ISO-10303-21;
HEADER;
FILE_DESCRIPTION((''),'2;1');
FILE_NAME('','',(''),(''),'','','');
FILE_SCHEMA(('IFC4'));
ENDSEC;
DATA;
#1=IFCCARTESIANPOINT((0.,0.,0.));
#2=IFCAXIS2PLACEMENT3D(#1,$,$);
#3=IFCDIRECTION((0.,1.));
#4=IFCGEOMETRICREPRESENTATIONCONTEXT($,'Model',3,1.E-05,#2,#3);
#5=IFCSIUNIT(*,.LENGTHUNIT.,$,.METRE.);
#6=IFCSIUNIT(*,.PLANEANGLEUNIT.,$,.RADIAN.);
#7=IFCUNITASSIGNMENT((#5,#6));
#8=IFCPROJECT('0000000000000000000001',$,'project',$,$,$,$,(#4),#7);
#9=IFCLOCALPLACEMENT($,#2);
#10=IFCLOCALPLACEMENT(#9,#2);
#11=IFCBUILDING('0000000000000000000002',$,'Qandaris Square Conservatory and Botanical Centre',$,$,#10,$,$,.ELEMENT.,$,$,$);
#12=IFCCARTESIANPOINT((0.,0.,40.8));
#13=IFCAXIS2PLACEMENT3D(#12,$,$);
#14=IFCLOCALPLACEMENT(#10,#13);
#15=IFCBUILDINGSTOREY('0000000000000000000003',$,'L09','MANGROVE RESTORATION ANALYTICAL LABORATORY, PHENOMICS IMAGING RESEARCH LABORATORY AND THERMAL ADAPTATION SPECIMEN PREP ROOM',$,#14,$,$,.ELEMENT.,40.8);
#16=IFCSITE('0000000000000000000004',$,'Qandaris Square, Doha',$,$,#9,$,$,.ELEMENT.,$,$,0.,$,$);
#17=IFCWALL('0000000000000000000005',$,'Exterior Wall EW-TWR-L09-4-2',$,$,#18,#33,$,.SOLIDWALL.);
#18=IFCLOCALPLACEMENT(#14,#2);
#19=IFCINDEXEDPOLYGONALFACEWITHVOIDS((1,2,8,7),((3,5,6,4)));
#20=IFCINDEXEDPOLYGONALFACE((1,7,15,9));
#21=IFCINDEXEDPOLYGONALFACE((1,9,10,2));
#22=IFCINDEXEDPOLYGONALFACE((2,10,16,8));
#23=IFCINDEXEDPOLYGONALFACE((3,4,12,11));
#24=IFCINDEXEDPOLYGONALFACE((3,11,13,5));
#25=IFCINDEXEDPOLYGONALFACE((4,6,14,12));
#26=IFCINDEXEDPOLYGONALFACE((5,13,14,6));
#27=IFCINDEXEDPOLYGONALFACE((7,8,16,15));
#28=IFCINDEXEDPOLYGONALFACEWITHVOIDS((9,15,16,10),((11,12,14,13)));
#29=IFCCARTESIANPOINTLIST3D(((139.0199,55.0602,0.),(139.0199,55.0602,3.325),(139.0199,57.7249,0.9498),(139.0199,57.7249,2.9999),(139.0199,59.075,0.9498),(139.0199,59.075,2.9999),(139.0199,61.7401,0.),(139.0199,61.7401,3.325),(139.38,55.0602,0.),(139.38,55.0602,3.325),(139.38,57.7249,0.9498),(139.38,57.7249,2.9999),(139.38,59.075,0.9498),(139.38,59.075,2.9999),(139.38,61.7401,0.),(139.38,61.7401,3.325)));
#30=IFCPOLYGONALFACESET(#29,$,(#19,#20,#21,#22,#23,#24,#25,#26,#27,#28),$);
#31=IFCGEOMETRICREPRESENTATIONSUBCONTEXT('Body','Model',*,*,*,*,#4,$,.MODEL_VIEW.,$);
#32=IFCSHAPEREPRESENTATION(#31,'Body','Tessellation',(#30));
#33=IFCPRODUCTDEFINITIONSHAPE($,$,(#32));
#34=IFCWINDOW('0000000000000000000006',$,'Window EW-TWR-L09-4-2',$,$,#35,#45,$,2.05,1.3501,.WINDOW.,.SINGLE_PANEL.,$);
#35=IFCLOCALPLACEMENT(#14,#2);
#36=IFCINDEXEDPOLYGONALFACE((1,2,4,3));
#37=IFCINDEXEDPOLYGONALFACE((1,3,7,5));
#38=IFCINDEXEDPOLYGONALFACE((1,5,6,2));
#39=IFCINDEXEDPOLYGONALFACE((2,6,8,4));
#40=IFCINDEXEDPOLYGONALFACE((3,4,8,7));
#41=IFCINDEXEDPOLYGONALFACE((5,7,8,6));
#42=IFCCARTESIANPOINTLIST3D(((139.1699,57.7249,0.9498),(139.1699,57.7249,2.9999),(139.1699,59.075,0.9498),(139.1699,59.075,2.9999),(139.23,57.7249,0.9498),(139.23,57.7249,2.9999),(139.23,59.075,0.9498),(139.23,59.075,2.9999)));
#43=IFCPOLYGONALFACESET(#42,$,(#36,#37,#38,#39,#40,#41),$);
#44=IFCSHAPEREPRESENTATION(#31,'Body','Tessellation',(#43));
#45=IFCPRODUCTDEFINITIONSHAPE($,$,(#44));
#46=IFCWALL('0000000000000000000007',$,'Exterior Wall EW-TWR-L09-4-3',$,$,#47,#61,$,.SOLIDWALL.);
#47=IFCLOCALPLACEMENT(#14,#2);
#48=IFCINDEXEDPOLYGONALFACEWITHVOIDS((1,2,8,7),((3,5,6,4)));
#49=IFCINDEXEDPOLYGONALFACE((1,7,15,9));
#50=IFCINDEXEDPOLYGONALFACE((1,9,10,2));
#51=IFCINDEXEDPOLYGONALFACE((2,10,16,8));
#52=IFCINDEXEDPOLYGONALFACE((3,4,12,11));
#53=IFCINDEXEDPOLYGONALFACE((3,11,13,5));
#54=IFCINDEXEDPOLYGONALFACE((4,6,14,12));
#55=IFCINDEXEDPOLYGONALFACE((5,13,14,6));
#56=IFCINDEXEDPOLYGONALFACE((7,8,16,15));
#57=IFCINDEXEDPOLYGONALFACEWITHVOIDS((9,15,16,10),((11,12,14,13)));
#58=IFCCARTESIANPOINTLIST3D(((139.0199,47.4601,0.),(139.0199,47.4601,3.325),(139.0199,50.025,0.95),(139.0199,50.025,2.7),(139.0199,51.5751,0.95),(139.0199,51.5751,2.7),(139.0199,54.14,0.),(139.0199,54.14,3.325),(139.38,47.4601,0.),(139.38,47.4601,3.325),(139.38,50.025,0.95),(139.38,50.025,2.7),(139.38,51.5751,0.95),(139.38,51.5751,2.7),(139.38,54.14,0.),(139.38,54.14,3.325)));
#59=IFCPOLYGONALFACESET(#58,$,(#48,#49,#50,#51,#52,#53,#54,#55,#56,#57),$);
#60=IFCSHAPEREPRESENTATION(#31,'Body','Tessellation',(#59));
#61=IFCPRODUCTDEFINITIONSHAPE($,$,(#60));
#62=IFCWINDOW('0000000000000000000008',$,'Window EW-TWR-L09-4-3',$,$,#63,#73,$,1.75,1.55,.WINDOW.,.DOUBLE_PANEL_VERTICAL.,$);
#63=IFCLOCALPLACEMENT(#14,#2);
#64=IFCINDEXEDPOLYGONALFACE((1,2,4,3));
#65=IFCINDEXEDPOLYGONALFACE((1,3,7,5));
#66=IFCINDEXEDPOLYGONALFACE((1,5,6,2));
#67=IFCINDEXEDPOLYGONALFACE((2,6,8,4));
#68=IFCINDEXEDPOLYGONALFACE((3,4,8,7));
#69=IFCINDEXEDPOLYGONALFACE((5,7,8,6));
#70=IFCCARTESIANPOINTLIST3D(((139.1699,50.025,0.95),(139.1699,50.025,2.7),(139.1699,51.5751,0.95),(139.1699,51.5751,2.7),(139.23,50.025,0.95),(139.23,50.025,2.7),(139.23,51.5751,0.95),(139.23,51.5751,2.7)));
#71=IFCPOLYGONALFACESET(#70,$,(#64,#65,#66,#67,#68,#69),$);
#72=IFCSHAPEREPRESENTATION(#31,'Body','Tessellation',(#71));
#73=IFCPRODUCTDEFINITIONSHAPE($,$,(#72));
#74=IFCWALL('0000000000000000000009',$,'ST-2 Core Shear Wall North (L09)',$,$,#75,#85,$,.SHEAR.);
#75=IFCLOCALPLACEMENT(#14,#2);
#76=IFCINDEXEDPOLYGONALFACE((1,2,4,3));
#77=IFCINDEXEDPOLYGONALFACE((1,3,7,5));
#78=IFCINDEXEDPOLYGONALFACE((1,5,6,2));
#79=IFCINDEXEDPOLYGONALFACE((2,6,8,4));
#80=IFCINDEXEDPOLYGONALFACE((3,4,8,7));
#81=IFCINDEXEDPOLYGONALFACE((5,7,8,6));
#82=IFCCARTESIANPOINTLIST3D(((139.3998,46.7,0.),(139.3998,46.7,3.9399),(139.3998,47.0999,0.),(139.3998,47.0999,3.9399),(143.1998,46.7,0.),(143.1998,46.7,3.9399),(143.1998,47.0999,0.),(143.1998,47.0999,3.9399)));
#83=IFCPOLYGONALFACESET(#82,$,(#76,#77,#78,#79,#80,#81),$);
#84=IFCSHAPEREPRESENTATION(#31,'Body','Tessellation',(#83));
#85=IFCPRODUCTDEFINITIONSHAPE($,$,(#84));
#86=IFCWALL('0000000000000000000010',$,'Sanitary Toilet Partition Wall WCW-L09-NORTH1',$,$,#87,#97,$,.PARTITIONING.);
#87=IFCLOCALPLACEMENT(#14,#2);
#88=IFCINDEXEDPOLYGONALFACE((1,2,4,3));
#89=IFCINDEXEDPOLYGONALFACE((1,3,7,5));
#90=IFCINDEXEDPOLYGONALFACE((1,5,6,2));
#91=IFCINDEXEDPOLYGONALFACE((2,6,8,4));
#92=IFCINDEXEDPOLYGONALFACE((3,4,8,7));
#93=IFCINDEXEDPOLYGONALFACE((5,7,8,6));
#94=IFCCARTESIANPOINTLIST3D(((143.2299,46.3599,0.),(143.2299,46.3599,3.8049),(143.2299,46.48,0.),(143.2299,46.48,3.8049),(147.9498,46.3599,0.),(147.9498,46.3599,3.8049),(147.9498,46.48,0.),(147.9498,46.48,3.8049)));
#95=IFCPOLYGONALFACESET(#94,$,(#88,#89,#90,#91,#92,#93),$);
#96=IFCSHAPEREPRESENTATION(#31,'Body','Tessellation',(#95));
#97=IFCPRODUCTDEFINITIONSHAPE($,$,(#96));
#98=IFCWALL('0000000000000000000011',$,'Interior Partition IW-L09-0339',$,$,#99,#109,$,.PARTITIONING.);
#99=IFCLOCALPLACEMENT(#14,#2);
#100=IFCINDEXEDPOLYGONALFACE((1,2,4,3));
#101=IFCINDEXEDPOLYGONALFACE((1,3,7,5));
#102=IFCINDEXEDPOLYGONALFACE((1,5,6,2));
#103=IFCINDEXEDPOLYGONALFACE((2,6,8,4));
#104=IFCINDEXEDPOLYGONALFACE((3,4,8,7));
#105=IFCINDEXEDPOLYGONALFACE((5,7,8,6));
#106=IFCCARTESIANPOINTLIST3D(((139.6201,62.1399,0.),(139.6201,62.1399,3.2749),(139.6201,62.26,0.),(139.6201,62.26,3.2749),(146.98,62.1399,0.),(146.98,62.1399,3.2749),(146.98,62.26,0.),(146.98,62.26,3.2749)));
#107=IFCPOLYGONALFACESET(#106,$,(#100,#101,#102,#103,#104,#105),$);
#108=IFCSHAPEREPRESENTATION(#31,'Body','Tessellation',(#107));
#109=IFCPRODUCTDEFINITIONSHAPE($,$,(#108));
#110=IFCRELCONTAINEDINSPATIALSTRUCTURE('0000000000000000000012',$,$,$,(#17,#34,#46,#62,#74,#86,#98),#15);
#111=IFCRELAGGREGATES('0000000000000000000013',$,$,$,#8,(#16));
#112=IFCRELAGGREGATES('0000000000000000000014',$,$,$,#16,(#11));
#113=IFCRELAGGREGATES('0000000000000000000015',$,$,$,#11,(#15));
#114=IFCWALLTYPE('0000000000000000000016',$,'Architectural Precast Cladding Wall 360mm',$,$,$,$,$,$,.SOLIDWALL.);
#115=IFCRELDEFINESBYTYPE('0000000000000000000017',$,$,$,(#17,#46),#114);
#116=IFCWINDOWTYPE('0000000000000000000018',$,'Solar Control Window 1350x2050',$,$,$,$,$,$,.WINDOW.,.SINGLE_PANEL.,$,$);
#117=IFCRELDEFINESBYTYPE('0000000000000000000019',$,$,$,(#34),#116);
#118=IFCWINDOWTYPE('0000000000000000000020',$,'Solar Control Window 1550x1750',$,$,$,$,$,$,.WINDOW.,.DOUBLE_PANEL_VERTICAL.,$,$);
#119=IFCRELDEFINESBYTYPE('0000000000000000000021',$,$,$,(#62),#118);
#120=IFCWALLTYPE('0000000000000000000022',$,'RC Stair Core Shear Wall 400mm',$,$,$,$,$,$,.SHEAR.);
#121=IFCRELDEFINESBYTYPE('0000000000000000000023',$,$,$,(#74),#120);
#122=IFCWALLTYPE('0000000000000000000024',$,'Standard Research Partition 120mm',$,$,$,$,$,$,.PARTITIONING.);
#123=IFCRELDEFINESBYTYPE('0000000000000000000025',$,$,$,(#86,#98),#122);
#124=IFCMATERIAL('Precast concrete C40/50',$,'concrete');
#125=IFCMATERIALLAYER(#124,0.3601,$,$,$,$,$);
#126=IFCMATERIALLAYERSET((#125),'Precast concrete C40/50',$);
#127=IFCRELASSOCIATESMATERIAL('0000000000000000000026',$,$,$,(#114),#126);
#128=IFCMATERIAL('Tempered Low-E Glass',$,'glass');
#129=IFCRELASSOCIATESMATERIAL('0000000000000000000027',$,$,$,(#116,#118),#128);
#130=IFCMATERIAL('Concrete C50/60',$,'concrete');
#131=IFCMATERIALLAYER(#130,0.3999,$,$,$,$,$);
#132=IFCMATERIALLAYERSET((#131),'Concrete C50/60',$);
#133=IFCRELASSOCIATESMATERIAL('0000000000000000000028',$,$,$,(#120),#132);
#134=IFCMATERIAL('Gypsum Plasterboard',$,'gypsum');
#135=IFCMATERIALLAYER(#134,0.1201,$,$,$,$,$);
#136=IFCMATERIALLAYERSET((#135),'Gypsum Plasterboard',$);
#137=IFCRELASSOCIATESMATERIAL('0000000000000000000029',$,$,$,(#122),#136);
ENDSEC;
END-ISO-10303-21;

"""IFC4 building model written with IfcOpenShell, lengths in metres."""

from ifc_helpers import new_model, si_unit, direction, frame, frame_2d, origin, place, context, subcontext, project, spatial, rectangle, extrude, material, layer, layer_set, type_object, element, fill, save


model = new_model("IFC4")

# Units and contexts
model_context = context("Model", 3, precision=1e-05, world=origin(), true_north=direction((0.0, 1.0)))
body_context = subcontext(model_context, "Body", "Model", "MODEL_VIEW")
ifc_project = project(units=[si_unit("LENGTHUNIT", "METRE"), si_unit("PLANEANGLEUNIT", "RADIAN")], contexts=[model_context])

# Site, building, storey
site_placement = place(None, origin())
site = spatial("IfcSite", under=ifc_project, at=site_placement, Name="Qandaris Square, Doha", CompositionType="ELEMENT", RefElevation=0.0)
building_placement = place(site_placement, origin())
building = spatial("IfcBuilding", under=site, at=building_placement, Name="Qandaris Square Conservatory and Botanical Centre", CompositionType="ELEMENT")
storey_placement = place(building_placement, frame((0.0, 0.0, 40.8)))
storey = spatial("IfcBuildingStorey", under=building, at=storey_placement, Name="L09", Description="MANGROVE RESTORATION ANALYTICAL LABORATORY, PHENOMICS IMAGING RESEARCH LABORATORY AND THERMAL ADAPTATION SPECIMEN PREP ROOM", CompositionType="ELEMENT", Elevation=40.8)

# Shared definitions
ifc_material_1 = material(Name="Concrete C50/60", Category="concrete")

# Shared definitions
ifc_material_2 = material(Name="Tempered Low-E Glass", Category="glass")

# Walls, openings, windows
ifc_material_3 = material(Name="Precast concrete C40/50", Category="concrete")
ifc_layer_1 = layer(ifc_material_3, 0.3601)
ifc_layer_set_1 = layer_set([ifc_layer_1], Name="Precast concrete C40/50")
wall_type_1 = type_object("IfcWallType", Name="Architectural Precast Cladding Wall 360mm", PredefinedType="SOLIDWALL", material=ifc_layer_set_1)
wall_1_placement = place(storey_placement, frame((139.2, 61.74, 0.0), z_axis=(0.0, 0.0, 1.0), x_axis=(0.0, -1.0, 0.0)))
wall_1 = element("IfcWall", 1, at=wall_1_placement, inside=storey, type_object=wall_type_1, Name="Exterior Wall EW-TWR-L09-4-2", PredefinedType="SOLIDWALL", context=body_context, shape_type="SweptSolid", body=[
    extrude(rectangle(XDim=6.6799, YDim=0.3601, at=frame_2d((3.3398, 0.0))), origin(), (0.0, 0.0, 1.0), 3.325),
])
opening_1_placement = place(wall_1_placement, frame((2.665, 0.0, 0.95)))
opening_1 = element("IfcOpeningElement", 2, at=opening_1_placement, cuts=wall_1, PredefinedType="OPENING", context=body_context, shape_type="SweptSolid", body=[
    extrude(rectangle(XDim=1.3501, YDim=2.05, at=frame_2d((0.675, 1.0249))), frame((0.0, 0.1919, 0.0), z_axis=(0.0, -1.0, 0.0), x_axis=(1.0, 0.0, 0.0)), (0.0, 0.0, 1.0), 0.384),
])
window_type_1 = type_object("IfcWindowType", Name="Solar Control Window 1350x2050", PartitioningType="SINGLE_PANEL", PredefinedType="WINDOW", material=ifc_material_2)
window_1_placement = place(opening_1_placement, origin())
window_1 = element("IfcWindow", 3, at=window_1_placement, inside=storey, type_object=window_type_1, Name="Window EW-TWR-L09-4-2", OverallHeight=2.05, OverallWidth=1.3501, PartitioningType="SINGLE_PANEL", PredefinedType="WINDOW", context=body_context, shape_type="SweptSolid", body=[
    extrude(rectangle(XDim=1.3501, YDim=2.05, at=frame_2d((0.675, 1.0249))), frame((0.0, 0.03, 0.0), z_axis=(0.0, -1.0, 0.0), x_axis=(1.0, 0.0, 0.0)), (0.0, 0.0, 1.0), 0.0601),
])
fill(opening_1, window_1)
wall_2_placement = place(storey_placement, frame((139.2, 54.1399, 0.0), z_axis=(0.0, 0.0, 1.0), x_axis=(0.0, -1.0, 0.0)))
wall_2 = element("IfcWall", 4, at=wall_2_placement, inside=storey, type_object=wall_type_1, Name="Exterior Wall EW-TWR-L09-4-3", PredefinedType="SOLIDWALL", context=body_context, shape_type="SweptSolid", body=[
    extrude(rectangle(XDim=6.6799, YDim=0.3601, at=frame_2d((3.3398, 0.0))), origin(), (0.0, 0.0, 1.0), 3.325),
])
opening_2_placement = place(wall_2_placement, frame((2.5649, 0.0, 0.95)))
opening_2 = element("IfcOpeningElement", 5, at=opening_2_placement, cuts=wall_2, PredefinedType="OPENING", context=body_context, shape_type="SweptSolid", body=[
    extrude(rectangle(XDim=1.55, YDim=1.75, at=frame_2d((0.7749, 0.875))), frame((0.0, 0.1919, 0.0), z_axis=(0.0, -1.0, 0.0), x_axis=(1.0, 0.0, 0.0)), (0.0, 0.0, 1.0), 0.384),
])
window_type_2 = type_object("IfcWindowType", Name="Solar Control Window 1550x1750", PartitioningType="DOUBLE_PANEL_VERTICAL", PredefinedType="WINDOW", material=ifc_material_2)
window_2_placement = place(opening_2_placement, origin())
window_2 = element("IfcWindow", 6, at=window_2_placement, inside=storey, type_object=window_type_2, Name="Window EW-TWR-L09-4-3", OverallHeight=1.75, OverallWidth=1.55, PartitioningType="DOUBLE_PANEL_VERTICAL", PredefinedType="WINDOW", context=body_context, shape_type="SweptSolid", body=[
    extrude(rectangle(XDim=1.55, YDim=1.75, at=frame_2d((0.7749, 0.875))), frame((0.0, 0.03, 0.0), z_axis=(0.0, -1.0, 0.0), x_axis=(1.0, 0.0, 0.0)), (0.0, 0.0, 1.0), 0.0601),
])
fill(opening_2, window_2)

# Walls
ifc_layer_2 = layer(ifc_material_1, 0.3999)
ifc_layer_set_2 = layer_set([ifc_layer_2], Name="Concrete C50/60")
wall_type_2 = type_object("IfcWallType", Name="RC Stair Core Shear Wall 400mm", PredefinedType="SHEAR", material=ifc_layer_set_2)
wall_3_placement = place(storey_placement, frame((139.3999, 46.8999, 0.0), z_axis=(0.0, 0.0, 1.0), x_axis=(1.0, 0.0, 0.0)))
element("IfcWall", 7, at=wall_3_placement, inside=storey, type_object=wall_type_2, Name="ST-2 Core Shear Wall North (L09)", PredefinedType="SHEAR", context=body_context, shape_type="SweptSolid", body=[
    extrude(rectangle(XDim=3.8, YDim=0.3999, at=frame_2d((1.8999, 0.0))), origin(), (0.0, 0.0, 1.0), 3.9399),
])
ifc_material_4 = material(Name="Gypsum Plasterboard", Category="gypsum")
ifc_layer_3 = layer(ifc_material_4, 0.1201)
ifc_layer_set_3 = layer_set([ifc_layer_3], Name="Gypsum Plasterboard")
wall_type_3 = type_object("IfcWallType", Name="Standard Research Partition 120mm", PredefinedType="PARTITIONING", material=ifc_layer_set_3)
wall_4_placement = place(storey_placement, frame((143.23, 46.4199, 0.0), z_axis=(0.0, 0.0, 1.0), x_axis=(1.0, 0.0, 0.0)))
element("IfcWall", 8, at=wall_4_placement, inside=storey, type_object=wall_type_3, Name="Sanitary Toilet Partition Wall WCW-L09-NORTH1", PredefinedType="PARTITIONING", context=body_context, shape_type="SweptSolid", body=[
    extrude(rectangle(XDim=4.72, YDim=0.1201, at=frame_2d((2.3599, 0.0))), origin(), (0.0, 0.0, 1.0), 3.8049),
])
wall_5_placement = place(storey_placement, frame((139.6201, 62.2, 0.0), z_axis=(0.0, 0.0, 1.0), x_axis=(1.0, 0.0, 0.0)))
element("IfcWall", 9, at=wall_5_placement, inside=storey, type_object=wall_type_3, Name="Interior Partition IW-L09-0339", PredefinedType="PARTITIONING", context=body_context, shape_type="SweptSolid", body=[
    extrude(rectangle(XDim=7.3599, YDim=0.1201, at=frame_2d((3.6799, 0.0))), origin(), (0.0, 0.0, 1.0), 3.2749),
])

save(model, "model.ifc")
